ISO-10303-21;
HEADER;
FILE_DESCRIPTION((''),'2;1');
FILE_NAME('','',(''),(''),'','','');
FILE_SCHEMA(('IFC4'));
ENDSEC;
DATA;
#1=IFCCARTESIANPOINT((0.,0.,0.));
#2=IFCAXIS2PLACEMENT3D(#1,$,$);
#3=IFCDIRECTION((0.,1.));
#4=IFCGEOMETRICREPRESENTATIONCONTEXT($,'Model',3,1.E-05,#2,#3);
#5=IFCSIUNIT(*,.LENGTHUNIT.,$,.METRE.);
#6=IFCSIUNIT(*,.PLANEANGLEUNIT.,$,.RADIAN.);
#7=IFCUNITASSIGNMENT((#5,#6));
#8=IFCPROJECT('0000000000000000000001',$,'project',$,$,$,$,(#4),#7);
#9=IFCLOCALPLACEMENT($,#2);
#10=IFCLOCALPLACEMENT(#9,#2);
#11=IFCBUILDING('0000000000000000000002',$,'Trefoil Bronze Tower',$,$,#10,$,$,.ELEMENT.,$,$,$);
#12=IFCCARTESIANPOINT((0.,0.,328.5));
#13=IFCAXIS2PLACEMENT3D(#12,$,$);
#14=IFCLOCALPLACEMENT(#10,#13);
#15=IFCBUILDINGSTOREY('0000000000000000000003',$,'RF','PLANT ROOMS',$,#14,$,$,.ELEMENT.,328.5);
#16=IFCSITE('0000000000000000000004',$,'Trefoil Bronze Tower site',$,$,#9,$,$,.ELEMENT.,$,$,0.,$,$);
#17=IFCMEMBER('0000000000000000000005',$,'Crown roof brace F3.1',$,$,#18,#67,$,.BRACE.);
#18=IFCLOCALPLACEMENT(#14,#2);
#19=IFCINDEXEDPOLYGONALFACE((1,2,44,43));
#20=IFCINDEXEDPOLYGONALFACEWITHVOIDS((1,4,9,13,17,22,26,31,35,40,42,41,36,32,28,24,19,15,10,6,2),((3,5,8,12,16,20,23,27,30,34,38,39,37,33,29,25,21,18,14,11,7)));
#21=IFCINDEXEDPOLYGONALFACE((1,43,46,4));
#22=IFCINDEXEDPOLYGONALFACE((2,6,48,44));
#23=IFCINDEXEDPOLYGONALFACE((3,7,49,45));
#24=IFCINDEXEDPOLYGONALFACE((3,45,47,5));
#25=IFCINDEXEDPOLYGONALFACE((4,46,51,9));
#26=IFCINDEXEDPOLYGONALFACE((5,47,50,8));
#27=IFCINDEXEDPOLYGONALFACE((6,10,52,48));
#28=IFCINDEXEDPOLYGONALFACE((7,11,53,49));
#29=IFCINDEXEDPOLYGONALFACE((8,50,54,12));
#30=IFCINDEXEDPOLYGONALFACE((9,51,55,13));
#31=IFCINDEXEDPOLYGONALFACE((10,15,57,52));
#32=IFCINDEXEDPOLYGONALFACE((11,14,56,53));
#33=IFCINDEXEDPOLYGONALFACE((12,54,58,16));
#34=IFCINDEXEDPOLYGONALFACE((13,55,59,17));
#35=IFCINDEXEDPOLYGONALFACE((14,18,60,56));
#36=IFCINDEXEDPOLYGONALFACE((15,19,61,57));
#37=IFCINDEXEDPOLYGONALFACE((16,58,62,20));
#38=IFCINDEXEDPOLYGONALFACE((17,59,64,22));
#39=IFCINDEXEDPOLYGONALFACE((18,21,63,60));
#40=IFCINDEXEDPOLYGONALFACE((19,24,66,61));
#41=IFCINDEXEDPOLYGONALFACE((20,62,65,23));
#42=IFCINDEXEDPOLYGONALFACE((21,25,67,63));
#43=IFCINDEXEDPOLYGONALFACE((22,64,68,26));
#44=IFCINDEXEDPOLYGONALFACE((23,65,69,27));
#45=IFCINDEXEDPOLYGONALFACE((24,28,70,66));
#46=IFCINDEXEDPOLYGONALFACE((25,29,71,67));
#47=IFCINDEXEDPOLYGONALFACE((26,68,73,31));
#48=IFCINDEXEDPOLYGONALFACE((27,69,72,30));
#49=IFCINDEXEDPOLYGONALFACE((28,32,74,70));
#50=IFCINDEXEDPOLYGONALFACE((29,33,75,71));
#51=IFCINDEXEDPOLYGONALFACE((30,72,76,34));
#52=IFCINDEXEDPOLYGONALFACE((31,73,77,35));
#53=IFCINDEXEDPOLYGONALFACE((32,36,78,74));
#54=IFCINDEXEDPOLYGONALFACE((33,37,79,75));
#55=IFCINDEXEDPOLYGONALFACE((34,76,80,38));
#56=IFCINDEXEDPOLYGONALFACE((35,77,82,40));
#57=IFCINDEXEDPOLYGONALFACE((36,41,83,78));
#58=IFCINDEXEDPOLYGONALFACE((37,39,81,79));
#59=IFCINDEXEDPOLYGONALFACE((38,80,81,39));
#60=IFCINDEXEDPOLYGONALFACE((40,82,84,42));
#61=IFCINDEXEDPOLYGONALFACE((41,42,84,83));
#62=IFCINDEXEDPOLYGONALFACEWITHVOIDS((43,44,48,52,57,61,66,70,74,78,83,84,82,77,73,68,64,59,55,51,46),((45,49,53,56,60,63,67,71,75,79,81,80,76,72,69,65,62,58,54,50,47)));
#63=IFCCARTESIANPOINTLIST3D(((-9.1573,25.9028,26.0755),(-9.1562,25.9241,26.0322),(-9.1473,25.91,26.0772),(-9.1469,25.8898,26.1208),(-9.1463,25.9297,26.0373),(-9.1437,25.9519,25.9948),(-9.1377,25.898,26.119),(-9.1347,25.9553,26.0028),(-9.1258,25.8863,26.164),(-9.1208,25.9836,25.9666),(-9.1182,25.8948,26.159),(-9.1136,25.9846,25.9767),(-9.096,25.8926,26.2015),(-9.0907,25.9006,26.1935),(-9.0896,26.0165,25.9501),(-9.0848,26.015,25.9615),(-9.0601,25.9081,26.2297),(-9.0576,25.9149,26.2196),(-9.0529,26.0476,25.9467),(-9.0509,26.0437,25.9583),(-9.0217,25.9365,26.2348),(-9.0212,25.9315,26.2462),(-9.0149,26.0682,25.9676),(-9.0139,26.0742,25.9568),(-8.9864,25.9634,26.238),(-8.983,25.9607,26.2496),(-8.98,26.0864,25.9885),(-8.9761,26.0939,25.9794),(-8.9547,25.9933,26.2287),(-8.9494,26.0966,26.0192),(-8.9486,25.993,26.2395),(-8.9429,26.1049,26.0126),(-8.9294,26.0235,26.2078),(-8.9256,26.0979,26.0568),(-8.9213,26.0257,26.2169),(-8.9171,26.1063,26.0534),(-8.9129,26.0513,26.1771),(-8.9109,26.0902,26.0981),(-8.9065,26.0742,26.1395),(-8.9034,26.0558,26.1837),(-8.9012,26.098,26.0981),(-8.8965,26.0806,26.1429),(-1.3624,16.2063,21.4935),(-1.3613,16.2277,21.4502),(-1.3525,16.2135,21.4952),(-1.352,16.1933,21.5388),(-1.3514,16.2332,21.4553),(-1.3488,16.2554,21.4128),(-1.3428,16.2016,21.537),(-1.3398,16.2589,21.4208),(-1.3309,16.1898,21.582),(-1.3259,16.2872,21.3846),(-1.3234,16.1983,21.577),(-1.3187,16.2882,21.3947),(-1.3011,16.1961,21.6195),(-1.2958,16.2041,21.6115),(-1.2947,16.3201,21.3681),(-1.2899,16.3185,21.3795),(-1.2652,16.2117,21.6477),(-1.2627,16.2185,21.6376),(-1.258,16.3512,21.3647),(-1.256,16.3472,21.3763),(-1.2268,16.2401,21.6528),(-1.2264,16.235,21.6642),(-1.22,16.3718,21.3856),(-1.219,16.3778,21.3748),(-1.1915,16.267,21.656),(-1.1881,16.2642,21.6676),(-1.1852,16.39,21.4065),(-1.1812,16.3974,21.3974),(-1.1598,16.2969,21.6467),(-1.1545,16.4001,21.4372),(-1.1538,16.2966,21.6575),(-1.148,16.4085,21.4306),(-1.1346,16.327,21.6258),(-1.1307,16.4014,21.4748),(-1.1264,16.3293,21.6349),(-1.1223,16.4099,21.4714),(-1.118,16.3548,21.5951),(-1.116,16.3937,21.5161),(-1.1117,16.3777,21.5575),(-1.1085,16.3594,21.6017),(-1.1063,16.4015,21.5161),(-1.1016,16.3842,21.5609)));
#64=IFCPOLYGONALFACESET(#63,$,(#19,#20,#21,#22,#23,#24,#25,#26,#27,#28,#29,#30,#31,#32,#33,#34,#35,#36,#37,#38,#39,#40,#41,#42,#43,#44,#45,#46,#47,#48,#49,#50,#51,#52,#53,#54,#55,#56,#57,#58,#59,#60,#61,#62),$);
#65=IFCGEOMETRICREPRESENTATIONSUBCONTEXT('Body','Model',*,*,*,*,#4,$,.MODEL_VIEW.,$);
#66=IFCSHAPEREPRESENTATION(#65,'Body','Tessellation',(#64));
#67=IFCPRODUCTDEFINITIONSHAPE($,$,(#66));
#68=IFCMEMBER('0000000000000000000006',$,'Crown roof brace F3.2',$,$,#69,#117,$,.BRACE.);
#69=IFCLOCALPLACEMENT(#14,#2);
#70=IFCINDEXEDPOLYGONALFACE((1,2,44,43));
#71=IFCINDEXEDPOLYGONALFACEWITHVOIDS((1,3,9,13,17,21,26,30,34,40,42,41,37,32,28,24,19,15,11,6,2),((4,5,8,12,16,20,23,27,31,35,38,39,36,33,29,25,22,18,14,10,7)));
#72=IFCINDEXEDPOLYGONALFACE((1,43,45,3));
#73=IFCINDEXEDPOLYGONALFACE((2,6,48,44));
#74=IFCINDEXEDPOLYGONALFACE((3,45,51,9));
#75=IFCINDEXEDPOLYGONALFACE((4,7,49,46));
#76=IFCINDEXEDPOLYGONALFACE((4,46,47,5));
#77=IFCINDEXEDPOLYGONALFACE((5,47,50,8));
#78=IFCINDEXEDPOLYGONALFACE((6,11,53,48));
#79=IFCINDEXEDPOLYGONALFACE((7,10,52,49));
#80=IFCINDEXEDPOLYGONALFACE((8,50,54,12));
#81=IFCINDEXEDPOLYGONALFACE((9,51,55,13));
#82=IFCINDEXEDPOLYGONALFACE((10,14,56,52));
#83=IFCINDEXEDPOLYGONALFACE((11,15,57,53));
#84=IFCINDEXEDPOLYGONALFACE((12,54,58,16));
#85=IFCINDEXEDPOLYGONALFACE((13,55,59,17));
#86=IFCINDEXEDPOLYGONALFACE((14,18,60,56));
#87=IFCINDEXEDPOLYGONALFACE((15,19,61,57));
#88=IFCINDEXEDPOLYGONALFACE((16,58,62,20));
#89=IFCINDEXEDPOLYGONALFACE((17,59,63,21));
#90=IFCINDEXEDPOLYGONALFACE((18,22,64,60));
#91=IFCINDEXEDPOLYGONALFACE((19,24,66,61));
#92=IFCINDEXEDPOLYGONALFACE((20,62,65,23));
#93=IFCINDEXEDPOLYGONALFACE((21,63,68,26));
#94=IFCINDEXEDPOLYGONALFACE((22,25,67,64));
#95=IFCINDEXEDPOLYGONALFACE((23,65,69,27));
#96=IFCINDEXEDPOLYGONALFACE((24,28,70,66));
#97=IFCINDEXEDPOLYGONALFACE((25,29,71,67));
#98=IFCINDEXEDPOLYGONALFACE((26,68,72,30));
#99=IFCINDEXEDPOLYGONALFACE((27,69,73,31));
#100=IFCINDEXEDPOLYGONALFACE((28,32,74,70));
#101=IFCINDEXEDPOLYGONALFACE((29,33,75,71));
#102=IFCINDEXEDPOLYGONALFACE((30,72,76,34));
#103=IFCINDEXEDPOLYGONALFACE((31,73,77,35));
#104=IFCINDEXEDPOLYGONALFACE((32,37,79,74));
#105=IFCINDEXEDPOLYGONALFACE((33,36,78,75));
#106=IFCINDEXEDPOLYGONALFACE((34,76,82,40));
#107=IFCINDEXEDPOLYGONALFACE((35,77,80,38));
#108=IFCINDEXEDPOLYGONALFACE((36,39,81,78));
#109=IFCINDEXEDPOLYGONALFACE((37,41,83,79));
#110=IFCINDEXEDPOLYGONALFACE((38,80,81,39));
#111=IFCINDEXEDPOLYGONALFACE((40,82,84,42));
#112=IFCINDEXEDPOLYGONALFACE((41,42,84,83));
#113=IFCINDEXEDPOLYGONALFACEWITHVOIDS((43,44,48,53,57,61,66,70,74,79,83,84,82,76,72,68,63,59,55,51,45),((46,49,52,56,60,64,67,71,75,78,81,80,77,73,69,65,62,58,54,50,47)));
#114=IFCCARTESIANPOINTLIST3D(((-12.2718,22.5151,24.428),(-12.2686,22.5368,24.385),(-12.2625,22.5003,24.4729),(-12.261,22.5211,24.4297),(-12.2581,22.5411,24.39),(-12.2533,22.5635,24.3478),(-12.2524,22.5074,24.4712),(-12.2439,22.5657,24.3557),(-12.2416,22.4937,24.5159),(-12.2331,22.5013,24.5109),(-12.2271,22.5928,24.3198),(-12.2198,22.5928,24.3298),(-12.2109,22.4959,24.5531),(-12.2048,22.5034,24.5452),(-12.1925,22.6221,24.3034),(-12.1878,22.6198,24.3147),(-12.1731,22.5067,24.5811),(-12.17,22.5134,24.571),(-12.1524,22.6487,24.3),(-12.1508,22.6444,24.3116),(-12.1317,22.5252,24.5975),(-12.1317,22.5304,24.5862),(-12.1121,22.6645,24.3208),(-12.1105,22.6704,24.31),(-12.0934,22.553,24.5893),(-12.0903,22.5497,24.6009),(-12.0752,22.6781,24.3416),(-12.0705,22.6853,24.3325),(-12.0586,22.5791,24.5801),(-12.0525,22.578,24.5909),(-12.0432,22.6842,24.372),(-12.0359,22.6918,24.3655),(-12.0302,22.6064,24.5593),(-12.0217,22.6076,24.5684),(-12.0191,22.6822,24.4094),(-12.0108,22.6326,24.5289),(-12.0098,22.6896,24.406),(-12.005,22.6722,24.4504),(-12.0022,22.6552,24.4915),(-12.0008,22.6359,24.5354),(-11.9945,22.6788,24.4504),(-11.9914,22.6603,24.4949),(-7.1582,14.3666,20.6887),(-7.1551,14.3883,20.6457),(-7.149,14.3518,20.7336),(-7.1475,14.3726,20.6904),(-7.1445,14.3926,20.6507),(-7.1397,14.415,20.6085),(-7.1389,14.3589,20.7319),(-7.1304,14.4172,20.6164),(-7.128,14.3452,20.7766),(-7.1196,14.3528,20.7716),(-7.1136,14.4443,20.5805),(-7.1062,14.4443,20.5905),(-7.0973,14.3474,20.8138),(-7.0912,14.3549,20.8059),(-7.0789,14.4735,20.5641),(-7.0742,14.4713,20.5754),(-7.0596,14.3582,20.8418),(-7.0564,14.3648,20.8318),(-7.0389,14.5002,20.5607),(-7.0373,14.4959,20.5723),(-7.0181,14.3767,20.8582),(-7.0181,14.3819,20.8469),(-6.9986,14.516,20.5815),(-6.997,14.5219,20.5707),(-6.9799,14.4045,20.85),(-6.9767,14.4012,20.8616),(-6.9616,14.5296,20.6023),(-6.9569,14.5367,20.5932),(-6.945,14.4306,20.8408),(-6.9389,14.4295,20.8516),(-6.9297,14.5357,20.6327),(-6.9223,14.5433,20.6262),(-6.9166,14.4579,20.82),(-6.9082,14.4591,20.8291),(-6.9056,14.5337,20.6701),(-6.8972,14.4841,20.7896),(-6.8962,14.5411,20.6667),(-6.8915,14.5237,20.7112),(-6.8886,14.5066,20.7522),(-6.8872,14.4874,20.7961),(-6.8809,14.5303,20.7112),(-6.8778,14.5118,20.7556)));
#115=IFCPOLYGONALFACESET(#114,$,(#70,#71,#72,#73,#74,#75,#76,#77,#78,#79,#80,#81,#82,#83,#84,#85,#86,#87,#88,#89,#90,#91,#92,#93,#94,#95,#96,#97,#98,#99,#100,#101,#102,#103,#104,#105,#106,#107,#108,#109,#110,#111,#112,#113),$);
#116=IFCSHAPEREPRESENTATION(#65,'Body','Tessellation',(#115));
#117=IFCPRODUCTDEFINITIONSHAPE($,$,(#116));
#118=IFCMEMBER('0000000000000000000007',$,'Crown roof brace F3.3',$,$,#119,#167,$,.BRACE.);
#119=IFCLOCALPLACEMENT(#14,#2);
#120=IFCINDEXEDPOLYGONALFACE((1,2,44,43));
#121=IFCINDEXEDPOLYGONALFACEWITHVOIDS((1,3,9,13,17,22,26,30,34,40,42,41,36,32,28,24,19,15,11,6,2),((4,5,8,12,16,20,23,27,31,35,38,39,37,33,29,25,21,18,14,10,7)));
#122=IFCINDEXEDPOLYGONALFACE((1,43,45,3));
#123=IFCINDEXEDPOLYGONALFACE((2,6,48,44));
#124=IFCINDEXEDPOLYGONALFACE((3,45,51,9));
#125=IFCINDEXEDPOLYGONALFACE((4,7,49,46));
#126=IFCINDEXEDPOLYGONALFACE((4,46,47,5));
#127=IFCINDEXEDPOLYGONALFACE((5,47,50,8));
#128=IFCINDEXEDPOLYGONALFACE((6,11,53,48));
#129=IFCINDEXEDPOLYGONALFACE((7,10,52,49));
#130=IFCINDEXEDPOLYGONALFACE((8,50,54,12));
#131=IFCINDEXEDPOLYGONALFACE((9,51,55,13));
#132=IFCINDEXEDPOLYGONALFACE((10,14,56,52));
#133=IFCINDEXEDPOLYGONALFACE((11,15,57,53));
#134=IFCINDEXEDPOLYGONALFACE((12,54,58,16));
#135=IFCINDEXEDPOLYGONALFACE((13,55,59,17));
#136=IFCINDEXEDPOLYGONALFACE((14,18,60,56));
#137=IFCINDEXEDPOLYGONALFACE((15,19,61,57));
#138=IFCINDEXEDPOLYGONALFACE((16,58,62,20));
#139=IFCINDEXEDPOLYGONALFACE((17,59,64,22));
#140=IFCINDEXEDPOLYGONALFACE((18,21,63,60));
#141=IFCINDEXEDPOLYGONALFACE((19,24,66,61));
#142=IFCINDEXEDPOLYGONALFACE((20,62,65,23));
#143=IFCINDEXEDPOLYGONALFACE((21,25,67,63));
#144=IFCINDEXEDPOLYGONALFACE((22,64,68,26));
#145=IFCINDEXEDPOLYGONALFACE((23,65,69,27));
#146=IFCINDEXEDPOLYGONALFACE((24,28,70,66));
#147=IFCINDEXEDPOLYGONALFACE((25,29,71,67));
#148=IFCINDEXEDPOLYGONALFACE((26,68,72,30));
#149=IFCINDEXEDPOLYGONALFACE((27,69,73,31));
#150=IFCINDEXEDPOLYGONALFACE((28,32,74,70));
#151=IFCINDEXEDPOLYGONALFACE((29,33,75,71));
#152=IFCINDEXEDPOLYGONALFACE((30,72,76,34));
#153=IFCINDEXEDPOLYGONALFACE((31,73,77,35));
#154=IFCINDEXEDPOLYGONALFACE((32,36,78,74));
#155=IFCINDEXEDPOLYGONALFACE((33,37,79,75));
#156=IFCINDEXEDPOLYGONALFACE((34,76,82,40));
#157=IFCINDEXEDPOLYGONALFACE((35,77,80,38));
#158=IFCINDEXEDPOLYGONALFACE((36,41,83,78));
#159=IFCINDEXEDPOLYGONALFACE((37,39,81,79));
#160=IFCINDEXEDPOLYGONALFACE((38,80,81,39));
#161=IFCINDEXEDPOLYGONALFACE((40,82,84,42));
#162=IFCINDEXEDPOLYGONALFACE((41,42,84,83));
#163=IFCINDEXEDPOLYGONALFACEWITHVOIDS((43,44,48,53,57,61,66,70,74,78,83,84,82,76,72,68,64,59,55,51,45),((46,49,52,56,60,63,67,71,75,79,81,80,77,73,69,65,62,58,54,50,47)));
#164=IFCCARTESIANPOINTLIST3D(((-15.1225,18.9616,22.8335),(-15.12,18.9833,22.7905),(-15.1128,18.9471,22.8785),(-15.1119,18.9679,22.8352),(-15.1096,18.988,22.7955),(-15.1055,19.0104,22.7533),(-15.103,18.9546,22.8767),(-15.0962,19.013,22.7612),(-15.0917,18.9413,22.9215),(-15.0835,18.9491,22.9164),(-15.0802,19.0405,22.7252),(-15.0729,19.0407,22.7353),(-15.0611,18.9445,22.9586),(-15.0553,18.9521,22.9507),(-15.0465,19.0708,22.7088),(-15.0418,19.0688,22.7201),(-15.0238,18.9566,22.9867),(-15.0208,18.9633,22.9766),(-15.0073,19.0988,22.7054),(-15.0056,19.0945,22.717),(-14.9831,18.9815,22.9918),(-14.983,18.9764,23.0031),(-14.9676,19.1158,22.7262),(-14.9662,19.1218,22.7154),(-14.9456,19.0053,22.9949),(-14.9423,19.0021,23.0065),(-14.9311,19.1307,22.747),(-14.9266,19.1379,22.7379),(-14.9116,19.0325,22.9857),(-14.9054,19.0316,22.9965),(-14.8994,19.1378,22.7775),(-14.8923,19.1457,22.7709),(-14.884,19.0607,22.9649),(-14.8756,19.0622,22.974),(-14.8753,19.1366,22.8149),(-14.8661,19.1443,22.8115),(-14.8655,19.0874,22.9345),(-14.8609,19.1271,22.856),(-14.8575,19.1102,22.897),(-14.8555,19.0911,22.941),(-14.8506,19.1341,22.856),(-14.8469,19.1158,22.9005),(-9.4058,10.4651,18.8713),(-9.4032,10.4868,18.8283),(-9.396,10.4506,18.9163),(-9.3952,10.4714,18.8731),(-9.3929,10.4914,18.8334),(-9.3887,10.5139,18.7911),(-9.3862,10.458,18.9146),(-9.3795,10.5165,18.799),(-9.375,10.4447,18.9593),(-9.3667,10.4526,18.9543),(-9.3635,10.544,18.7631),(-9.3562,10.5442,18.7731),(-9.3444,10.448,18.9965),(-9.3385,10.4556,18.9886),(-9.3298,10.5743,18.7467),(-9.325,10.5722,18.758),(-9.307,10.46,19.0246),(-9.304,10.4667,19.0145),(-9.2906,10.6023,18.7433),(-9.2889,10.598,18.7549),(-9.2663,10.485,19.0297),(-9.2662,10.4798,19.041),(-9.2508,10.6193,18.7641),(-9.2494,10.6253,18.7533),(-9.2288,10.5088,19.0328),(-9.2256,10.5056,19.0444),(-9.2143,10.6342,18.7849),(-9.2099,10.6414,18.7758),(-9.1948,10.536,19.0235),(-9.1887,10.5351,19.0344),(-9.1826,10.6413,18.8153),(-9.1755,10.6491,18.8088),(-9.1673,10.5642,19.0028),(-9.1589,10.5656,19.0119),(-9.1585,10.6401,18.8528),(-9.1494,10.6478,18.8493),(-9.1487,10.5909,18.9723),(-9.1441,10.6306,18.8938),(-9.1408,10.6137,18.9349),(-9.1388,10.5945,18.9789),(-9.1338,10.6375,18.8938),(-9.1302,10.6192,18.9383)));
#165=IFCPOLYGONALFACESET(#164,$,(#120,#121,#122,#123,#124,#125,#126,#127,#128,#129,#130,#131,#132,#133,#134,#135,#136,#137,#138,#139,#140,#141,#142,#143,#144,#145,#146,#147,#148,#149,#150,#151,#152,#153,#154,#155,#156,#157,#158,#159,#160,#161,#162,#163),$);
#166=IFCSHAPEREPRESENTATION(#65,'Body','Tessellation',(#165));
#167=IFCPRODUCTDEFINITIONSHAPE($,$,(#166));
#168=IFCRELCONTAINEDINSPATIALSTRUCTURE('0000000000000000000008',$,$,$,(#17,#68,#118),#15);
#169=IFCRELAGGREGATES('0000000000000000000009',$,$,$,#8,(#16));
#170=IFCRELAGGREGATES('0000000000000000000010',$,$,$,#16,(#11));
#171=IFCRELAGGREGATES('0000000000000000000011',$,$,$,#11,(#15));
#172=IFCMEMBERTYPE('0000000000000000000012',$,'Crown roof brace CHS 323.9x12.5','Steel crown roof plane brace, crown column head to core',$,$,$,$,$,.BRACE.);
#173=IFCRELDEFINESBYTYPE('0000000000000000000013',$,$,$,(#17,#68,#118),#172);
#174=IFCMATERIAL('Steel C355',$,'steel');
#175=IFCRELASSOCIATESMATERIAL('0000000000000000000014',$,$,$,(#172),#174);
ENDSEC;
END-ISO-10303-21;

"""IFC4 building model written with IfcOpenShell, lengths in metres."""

from ifc_helpers import new_model, si_unit, direction, frame, origin, origin_2d, place, context, subcontext, project, spatial, hollow_circle, extrude, material, material_profile, profile_set, type_object, element, save


model = new_model("IFC4")

# Units and contexts
model_context = context("Model", 3, precision=1e-05, world=origin(), true_north=direction((0.0, 1.0)))
body_context = subcontext(model_context, "Body", "Model", "MODEL_VIEW")
ifc_project = project(units=[si_unit("LENGTHUNIT", "METRE"), si_unit("PLANEANGLEUNIT", "RADIAN")], contexts=[model_context])

# Site, building, storey
site_placement = place(None, origin())
site = spatial("IfcSite", under=ifc_project, at=site_placement, Name="Trefoil Bronze Tower site", CompositionType="ELEMENT", RefElevation=0.0)
building_placement = place(site_placement, origin())
building = spatial("IfcBuilding", under=site, at=building_placement, Name="Trefoil Bronze Tower", CompositionType="ELEMENT")
storey_placement = place(building_placement, frame((0.0, 0.0, 328.5)))
storey = spatial("IfcBuildingStorey", under=building, at=storey_placement, Name="RF", Description="PLANT ROOMS", CompositionType="ELEMENT", Elevation=328.5)

# Members
ifc_material_1 = material(Name="Steel C355", Category="steel")
ifc_material_profile_1 = material_profile(ifc_material_1, hollow_circle(Radius=0.1619, WallThickness=0.0125, at=origin_2d()), Name="CHS 323.9x12.5")
ifc_profile_set_1 = profile_set([ifc_material_profile_1], Name="Steel C355")
member_type = type_object("IfcMemberType", Name="Crown roof brace CHS 323.9x12.5", Description="Steel crown roof plane brace, crown column head to core", PredefinedType="BRACE", material=ifc_profile_set_1)
member_1_placement = place(storey_placement, frame((-9.0273, 25.9966, 26.0981), z_axis=(0.587934, -0.731364, -0.345601), x_axis=(0.779389, 0.626541, 0.0)))
element("IfcMember", 1, at=member_1_placement, inside=storey, type_object=member_type, Name="Crown roof brace F3.1", PredefinedType="BRACE", context=body_context, shape_type="SweptSolid", body=[
    extrude(hollow_circle(Radius=0.1619, WallThickness=0.0125, at=origin_2d()), origin(), (0.0, 0.0, 1.0), 13.2581),
])
member_2_placement = place(storey_placement, frame((-12.1316, 22.5928, 24.4504), z_axis=(0.495439, -0.789485, -0.362289), x_axis=(0.847027, 0.531549, 0.0)))
element("IfcMember", 2, at=member_2_placement, inside=storey, type_object=member_type, Name="Crown roof brace F3.2", PredefinedType="BRACE", context=body_context, shape_type="SweptSolid", body=[
    extrude(hollow_circle(Radius=0.1619, WallThickness=0.0125, at=origin_2d()), origin(), (0.0, 0.0, 1.0), 10.3213),
])
member_3_placement = place(storey_placement, frame((-14.9849, 19.0437, 22.856), z_axis=(0.52063, -0.773785, -0.360834), x_axis=(0.829681, 0.558238, 0.0)))
element("IfcMember", 3, at=member_3_placement, inside=storey, type_object=member_type, Name="Crown roof brace F3.3", PredefinedType="BRACE", context=body_context, shape_type="SweptSolid", body=[
    extrude(hollow_circle(Radius=0.1619, WallThickness=0.0125, at=origin_2d()), origin(), (0.0, 0.0, 1.0), 10.9805),
])

save(model, "model.ifc")
